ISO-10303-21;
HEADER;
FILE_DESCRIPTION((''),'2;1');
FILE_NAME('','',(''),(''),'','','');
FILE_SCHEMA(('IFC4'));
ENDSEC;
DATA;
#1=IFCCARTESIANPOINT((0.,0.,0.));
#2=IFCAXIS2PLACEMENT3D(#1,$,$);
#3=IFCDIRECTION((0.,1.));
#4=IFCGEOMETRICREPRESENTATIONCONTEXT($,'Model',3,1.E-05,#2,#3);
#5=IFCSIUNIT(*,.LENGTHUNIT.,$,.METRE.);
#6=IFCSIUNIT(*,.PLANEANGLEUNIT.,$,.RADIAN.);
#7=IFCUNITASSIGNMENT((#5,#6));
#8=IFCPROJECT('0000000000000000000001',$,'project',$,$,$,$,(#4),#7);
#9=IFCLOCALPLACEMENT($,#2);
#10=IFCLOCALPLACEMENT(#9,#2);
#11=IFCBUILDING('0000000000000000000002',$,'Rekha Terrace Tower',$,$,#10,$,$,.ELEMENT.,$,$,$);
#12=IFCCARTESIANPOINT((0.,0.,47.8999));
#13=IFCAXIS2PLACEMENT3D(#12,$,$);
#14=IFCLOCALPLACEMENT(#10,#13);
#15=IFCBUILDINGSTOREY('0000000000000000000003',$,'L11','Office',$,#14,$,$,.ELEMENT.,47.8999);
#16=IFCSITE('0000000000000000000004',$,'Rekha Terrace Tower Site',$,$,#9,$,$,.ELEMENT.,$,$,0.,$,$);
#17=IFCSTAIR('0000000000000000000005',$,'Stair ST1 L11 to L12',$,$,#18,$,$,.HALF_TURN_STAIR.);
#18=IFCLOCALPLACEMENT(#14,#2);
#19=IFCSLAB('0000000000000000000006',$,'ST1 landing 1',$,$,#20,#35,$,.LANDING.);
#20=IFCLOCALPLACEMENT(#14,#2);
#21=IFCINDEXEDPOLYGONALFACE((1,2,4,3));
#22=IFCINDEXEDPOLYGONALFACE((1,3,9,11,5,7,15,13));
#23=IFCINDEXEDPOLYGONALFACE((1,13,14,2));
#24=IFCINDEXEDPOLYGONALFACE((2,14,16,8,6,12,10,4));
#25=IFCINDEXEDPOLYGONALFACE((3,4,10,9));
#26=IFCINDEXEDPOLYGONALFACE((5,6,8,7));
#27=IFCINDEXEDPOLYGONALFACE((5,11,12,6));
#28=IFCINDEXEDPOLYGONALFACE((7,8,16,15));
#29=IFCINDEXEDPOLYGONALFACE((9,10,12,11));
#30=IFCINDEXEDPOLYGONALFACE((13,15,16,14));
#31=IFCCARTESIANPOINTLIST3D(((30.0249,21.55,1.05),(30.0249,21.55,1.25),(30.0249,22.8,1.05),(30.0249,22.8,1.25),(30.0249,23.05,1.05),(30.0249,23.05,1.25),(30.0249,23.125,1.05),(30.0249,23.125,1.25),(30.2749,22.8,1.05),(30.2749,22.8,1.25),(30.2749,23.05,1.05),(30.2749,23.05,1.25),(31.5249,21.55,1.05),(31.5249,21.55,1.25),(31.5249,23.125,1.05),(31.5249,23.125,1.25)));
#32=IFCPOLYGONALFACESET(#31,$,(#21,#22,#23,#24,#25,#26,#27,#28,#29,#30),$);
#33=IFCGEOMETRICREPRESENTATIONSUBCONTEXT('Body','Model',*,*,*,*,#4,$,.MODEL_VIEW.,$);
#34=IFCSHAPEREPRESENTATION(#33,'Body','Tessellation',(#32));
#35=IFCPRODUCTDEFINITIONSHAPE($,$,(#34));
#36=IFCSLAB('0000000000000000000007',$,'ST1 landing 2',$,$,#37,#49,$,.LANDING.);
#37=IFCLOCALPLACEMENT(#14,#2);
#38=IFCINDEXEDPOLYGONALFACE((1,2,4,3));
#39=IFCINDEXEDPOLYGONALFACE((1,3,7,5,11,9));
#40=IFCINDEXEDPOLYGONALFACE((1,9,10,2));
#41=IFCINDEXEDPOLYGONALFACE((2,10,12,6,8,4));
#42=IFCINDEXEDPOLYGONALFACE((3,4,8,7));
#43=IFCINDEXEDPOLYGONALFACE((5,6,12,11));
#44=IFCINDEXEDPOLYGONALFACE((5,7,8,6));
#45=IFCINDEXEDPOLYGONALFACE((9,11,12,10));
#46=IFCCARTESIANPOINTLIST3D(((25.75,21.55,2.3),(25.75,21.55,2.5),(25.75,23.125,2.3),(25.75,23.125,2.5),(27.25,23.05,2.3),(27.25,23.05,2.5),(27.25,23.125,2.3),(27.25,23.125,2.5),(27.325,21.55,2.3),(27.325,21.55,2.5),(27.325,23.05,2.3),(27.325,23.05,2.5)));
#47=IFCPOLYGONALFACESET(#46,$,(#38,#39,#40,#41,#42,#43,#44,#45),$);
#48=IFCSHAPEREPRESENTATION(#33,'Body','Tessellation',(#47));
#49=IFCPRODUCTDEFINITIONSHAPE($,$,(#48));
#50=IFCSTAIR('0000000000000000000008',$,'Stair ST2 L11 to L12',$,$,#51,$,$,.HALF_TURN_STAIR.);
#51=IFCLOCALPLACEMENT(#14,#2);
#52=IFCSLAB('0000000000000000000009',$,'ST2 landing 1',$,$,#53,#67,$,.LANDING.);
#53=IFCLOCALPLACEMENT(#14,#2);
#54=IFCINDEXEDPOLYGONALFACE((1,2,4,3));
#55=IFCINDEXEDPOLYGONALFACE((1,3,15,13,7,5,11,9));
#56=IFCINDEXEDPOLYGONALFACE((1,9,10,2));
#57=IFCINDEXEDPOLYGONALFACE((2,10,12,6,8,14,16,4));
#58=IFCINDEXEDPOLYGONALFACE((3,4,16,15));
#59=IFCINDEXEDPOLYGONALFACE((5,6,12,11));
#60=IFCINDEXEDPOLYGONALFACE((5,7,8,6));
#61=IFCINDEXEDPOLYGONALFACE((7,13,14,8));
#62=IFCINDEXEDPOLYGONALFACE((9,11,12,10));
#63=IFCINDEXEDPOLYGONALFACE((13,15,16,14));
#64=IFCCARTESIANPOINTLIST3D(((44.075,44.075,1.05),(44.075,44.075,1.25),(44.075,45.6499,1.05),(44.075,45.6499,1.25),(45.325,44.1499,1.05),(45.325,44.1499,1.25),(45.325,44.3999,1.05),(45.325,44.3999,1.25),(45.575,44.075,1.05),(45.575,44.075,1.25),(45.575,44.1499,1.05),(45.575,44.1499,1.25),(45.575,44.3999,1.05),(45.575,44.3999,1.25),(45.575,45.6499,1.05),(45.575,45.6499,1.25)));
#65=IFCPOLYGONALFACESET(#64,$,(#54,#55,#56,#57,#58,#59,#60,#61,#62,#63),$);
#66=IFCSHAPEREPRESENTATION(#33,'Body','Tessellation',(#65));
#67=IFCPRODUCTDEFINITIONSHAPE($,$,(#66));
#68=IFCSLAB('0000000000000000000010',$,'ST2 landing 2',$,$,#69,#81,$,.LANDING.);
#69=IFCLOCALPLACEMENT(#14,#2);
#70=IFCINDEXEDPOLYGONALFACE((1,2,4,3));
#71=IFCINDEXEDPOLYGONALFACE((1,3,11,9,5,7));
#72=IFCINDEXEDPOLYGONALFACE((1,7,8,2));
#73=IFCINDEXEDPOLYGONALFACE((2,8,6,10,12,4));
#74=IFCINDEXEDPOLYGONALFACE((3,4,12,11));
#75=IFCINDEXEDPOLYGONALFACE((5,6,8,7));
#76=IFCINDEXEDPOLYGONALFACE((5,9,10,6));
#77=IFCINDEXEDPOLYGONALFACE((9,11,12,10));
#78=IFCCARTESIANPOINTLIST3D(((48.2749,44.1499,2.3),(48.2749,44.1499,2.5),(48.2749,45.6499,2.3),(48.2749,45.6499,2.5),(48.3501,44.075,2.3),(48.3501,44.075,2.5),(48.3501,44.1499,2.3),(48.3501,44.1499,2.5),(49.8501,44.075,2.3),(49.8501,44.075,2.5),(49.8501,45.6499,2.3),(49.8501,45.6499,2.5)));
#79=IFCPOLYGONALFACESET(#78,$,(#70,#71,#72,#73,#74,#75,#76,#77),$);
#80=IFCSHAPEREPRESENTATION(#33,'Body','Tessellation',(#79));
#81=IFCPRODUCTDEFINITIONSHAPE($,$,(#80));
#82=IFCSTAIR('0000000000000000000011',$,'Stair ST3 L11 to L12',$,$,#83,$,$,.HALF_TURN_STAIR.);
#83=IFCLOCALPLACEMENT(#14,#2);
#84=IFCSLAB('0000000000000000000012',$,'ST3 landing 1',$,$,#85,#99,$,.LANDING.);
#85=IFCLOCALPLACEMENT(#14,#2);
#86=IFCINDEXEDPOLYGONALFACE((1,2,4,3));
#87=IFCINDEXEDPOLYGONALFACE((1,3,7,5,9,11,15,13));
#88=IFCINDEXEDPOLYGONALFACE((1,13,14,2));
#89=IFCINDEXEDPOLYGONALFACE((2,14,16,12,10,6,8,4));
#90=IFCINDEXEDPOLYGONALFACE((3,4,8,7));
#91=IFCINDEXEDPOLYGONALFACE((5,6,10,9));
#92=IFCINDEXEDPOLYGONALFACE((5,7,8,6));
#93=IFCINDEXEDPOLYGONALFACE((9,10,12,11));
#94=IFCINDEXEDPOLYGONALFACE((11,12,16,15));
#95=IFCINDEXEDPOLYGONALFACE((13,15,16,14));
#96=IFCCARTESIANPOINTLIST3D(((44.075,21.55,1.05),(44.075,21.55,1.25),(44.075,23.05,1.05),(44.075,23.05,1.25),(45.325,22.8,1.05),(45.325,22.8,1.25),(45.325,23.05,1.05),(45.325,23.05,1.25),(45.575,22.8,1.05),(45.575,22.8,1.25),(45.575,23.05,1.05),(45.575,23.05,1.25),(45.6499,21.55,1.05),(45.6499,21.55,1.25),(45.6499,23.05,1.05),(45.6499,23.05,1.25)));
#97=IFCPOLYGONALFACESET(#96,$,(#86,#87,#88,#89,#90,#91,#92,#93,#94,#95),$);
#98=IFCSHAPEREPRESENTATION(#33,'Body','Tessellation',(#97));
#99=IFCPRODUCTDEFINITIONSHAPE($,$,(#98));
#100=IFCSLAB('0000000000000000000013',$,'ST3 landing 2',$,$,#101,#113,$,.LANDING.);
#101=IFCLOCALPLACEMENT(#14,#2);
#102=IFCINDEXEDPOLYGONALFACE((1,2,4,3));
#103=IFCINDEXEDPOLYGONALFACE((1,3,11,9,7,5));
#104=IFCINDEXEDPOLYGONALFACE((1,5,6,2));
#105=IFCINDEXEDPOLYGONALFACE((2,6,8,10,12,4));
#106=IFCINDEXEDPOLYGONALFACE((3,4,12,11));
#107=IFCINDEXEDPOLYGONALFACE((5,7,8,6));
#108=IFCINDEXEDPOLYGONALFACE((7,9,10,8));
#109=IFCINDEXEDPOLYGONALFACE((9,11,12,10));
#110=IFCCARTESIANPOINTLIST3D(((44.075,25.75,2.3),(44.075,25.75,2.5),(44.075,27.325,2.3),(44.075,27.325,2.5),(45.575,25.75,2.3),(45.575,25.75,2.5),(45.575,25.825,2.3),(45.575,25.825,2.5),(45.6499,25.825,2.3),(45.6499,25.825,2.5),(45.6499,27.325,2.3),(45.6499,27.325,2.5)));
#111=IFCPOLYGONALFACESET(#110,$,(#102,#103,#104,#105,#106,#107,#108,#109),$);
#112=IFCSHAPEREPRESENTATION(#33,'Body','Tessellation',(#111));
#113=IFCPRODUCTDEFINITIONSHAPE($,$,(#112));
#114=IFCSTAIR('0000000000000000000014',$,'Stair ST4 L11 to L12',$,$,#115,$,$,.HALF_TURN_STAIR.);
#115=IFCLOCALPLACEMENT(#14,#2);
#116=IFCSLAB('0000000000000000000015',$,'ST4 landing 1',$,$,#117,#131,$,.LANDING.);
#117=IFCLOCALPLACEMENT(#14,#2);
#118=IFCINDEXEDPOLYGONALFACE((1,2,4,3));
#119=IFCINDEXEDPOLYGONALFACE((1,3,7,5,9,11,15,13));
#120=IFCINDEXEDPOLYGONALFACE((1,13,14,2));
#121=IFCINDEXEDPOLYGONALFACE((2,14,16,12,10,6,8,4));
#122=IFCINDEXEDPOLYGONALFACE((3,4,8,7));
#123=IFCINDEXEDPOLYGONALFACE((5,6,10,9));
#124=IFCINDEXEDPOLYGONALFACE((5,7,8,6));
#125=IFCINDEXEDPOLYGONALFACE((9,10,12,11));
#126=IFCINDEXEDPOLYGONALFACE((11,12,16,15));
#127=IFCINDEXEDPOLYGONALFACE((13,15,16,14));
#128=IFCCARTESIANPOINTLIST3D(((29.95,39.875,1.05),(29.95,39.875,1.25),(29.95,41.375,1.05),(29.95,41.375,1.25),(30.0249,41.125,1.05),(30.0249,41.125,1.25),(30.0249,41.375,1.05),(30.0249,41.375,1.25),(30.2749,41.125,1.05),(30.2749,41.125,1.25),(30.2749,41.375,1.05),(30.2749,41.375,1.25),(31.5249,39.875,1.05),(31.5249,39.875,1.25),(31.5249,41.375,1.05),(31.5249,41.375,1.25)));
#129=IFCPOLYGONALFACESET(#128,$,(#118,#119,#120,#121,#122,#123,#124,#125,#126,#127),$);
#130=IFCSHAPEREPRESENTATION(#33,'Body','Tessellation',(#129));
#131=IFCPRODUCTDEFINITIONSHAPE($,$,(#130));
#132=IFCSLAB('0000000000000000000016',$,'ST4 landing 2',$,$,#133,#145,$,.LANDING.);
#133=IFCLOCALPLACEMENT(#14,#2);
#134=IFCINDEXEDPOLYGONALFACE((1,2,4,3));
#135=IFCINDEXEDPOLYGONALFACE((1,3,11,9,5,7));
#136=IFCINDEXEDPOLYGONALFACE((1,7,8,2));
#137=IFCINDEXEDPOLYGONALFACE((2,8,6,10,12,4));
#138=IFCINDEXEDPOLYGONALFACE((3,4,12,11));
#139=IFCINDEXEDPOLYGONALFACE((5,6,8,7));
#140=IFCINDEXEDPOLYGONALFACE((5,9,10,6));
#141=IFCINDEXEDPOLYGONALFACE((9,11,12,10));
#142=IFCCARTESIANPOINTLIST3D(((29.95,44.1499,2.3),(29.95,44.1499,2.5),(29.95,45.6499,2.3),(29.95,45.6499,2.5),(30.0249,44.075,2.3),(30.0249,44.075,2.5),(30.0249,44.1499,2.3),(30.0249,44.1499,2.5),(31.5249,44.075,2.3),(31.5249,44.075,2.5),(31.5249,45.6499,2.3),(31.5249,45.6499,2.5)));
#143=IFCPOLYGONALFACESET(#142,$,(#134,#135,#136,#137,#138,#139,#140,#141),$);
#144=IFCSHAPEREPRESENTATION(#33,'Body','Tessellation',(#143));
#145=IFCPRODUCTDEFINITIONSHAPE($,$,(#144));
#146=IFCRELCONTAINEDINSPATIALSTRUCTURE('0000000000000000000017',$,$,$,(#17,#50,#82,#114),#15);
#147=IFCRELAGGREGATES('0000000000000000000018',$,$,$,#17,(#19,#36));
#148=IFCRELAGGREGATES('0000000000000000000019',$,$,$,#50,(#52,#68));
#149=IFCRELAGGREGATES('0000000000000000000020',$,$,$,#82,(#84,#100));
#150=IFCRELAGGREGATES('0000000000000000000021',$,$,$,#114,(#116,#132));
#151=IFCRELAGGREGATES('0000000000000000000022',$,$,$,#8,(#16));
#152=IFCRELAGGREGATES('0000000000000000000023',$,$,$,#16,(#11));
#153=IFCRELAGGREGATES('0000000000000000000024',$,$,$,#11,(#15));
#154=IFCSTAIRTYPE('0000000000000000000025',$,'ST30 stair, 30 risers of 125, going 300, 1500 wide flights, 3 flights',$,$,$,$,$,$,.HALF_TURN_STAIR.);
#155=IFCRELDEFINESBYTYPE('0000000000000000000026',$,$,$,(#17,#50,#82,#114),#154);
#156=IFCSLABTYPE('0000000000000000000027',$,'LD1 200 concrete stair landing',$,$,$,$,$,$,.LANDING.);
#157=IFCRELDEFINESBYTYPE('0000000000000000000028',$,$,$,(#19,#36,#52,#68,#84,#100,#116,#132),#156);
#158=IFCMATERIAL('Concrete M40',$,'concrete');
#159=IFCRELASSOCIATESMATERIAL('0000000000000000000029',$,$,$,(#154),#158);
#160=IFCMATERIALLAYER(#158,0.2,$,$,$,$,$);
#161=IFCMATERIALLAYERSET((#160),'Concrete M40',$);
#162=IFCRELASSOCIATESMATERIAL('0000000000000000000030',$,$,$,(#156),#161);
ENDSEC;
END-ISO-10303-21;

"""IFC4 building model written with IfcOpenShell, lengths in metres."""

from ifc_helpers import new_model, si_unit, direction, frame, origin, place, context, subcontext, project, spatial, polyline, outline, extrude, material, layer, layer_set, type_object, element, aggregate, save


model = new_model("IFC4")

# Units and contexts
model_context = context("Model", 3, precision=1e-05, world=origin(), true_north=direction((0.0, 1.0)))
body_context = subcontext(model_context, "Body", "Model", "MODEL_VIEW")
ifc_project = project(units=[si_unit("LENGTHUNIT", "METRE"), si_unit("PLANEANGLEUNIT", "RADIAN")], contexts=[model_context])

# Site, building, storey
site_placement = place(None, origin())
site = spatial("IfcSite", under=ifc_project, at=site_placement, Name="Rekha Terrace Tower Site", CompositionType="ELEMENT", RefElevation=0.0)
building_placement = place(site_placement, origin())
building = spatial("IfcBuilding", under=site, at=building_placement, Name="Rekha Terrace Tower", CompositionType="ELEMENT")
storey_placement = place(building_placement, frame((0.0, 0.0, 47.8999)))
storey = spatial("IfcBuildingStorey", under=building, at=storey_placement, Name="L11", Description="Office", CompositionType="ELEMENT", Elevation=47.8999)

# Stairs, slabs
ifc_material_1 = material(Name="Concrete M40", Category="concrete")
stair_type = type_object("IfcStairType", Name="ST30 stair, 30 risers of 125, going 300, 1500 wide flights, 3 flights", PredefinedType="HALF_TURN_STAIR", material=ifc_material_1)
stair_1_placement = place(storey_placement, origin())
stair_1 = element("IfcStair", 1, at=stair_1_placement, inside=storey, type_object=stair_type, Name="Stair ST1 L11 to L12", PredefinedType="HALF_TURN_STAIR")
ifc_layer_1 = layer(ifc_material_1, 0.2)
ifc_layer_set_1 = layer_set([ifc_layer_1], Name="Concrete M40")
slab_type_1 = type_object("IfcSlabType", Name="LD1 200 concrete stair landing", PredefinedType="LANDING", material=ifc_layer_set_1)
slab_1_placement = place(storey_placement, frame((0.0, 0.0, 1.05)))
slab_1 = element("IfcSlab", 2, at=slab_1_placement, type_object=slab_type_1, Name="ST1 landing 1", PredefinedType="LANDING", context=body_context, shape_type="SweptSolid", body=[
    extrude(outline(polyline([(30.0249, 21.55), (31.5249, 21.55), (31.5249, 23.125), (30.0249, 23.125), (30.0249, 23.05), (30.2749, 23.05), (30.2749, 22.8), (30.0249, 22.8), (30.0249, 21.55)])), origin(), (0.0, 0.0, 1.0), 0.2),
])
slab_2_placement = place(storey_placement, frame((0.0, 0.0, 2.3)))
slab_2 = element("IfcSlab", 3, at=slab_2_placement, type_object=slab_type_1, Name="ST1 landing 2", PredefinedType="LANDING", context=body_context, shape_type="SweptSolid", body=[
    extrude(outline(polyline([(27.25, 23.125), (25.75, 23.125), (25.75, 21.55), (27.325, 21.55), (27.325, 23.05), (27.25, 23.05), (27.25, 23.125)])), origin(), (0.0, 0.0, 1.0), 0.2),
])
aggregate(stair_1, [slab_1, slab_2])
stair_2_placement = place(storey_placement, origin())
stair_2 = element("IfcStair", 4, at=stair_2_placement, inside=storey, type_object=stair_type, Name="Stair ST2 L11 to L12", PredefinedType="HALF_TURN_STAIR")
slab_3_placement = place(storey_placement, frame((0.0, 0.0, 1.05)))
slab_3 = element("IfcSlab", 5, at=slab_3_placement, type_object=slab_type_1, Name="ST2 landing 1", PredefinedType="LANDING", context=body_context, shape_type="SweptSolid", body=[
    extrude(outline(polyline([(45.575, 45.6499), (44.075, 45.6499), (44.075, 44.075), (45.575, 44.075), (45.575, 44.1499), (45.325, 44.1499), (45.325, 44.3999), (45.575, 44.3999), (45.575, 45.6499)])), origin(), (0.0, 0.0, 1.0), 0.2),
])
slab_4_placement = place(storey_placement, frame((0.0, 0.0, 2.3)))
slab_4 = element("IfcSlab", 6, at=slab_4_placement, type_object=slab_type_1, Name="ST2 landing 2", PredefinedType="LANDING", context=body_context, shape_type="SweptSolid", body=[
    extrude(outline(polyline([(48.3501, 44.075), (49.8501, 44.075), (49.8501, 45.6499), (48.2749, 45.6499), (48.2749, 44.1499), (48.3501, 44.1499), (48.3501, 44.075)])), origin(), (0.0, 0.0, 1.0), 0.2),
])
aggregate(stair_2, [slab_3, slab_4])
stair_3_placement = place(storey_placement, origin())
stair_3 = element("IfcStair", 7, at=stair_3_placement, inside=storey, type_object=stair_type, Name="Stair ST3 L11 to L12", PredefinedType="HALF_TURN_STAIR")
slab_5_placement = place(storey_placement, frame((0.0, 0.0, 1.05)))
slab_5 = element("IfcSlab", 8, at=slab_5_placement, type_object=slab_type_1, Name="ST3 landing 1", PredefinedType="LANDING", context=body_context, shape_type="SweptSolid", body=[
    extrude(outline(polyline([(44.075, 23.05), (44.075, 21.55), (45.6499, 21.55), (45.6499, 23.05), (45.575, 23.05), (45.575, 22.8), (45.325, 22.8), (45.325, 23.05), (44.075, 23.05)])), origin(), (0.0, 0.0, 1.0), 0.2),
])
slab_6_placement = place(storey_placement, frame((0.0, 0.0, 2.3)))
slab_6 = element("IfcSlab", 9, at=slab_6_placement, type_object=slab_type_1, Name="ST3 landing 2", PredefinedType="LANDING", context=body_context, shape_type="SweptSolid", body=[
    extrude(outline(polyline([(45.6499, 25.825), (45.6499, 27.325), (44.075, 27.325), (44.075, 25.75), (45.575, 25.75), (45.575, 25.825), (45.6499, 25.825)])), origin(), (0.0, 0.0, 1.0), 0.2),
])
aggregate(stair_3, [slab_5, slab_6])
stair_4_placement = place(storey_placement, origin())
stair_4 = element("IfcStair", 10, at=stair_4_placement, inside=storey, type_object=stair_type, Name="Stair ST4 L11 to L12", PredefinedType="HALF_TURN_STAIR")
slab_7_placement = place(storey_placement, frame((0.0, 0.0, 1.05)))
slab_7 = element("IfcSlab", 11, at=slab_7_placement, type_object=slab_type_1, Name="ST4 landing 1", PredefinedType="LANDING", context=body_context, shape_type="SweptSolid", body=[
    extrude(outline(polyline([(31.5249, 41.375), (31.5249, 39.875), (29.95, 39.875), (29.95, 41.375), (30.0249, 41.375), (30.0249, 41.125), (30.2749, 41.125), (30.2749, 41.375), (31.5249, 41.375)])), origin(), (0.0, 0.0, 1.0), 0.2),
])
slab_8_placement = place(storey_placement, frame((0.0, 0.0, 2.3)))
slab_8 = element("IfcSlab", 12, at=slab_8_placement, type_object=slab_type_1, Name="ST4 landing 2", PredefinedType="LANDING", context=body_context, shape_type="SweptSolid", body=[
    extrude(outline(polyline([(29.95, 44.1499), (29.95, 45.6499), (31.5249, 45.6499), (31.5249, 44.075), (30.0249, 44.075), (30.0249, 44.1499), (29.95, 44.1499)])), origin(), (0.0, 0.0, 1.0), 0.2),
])
aggregate(stair_4, [slab_7, slab_8])

save(model, "model.ifc")
